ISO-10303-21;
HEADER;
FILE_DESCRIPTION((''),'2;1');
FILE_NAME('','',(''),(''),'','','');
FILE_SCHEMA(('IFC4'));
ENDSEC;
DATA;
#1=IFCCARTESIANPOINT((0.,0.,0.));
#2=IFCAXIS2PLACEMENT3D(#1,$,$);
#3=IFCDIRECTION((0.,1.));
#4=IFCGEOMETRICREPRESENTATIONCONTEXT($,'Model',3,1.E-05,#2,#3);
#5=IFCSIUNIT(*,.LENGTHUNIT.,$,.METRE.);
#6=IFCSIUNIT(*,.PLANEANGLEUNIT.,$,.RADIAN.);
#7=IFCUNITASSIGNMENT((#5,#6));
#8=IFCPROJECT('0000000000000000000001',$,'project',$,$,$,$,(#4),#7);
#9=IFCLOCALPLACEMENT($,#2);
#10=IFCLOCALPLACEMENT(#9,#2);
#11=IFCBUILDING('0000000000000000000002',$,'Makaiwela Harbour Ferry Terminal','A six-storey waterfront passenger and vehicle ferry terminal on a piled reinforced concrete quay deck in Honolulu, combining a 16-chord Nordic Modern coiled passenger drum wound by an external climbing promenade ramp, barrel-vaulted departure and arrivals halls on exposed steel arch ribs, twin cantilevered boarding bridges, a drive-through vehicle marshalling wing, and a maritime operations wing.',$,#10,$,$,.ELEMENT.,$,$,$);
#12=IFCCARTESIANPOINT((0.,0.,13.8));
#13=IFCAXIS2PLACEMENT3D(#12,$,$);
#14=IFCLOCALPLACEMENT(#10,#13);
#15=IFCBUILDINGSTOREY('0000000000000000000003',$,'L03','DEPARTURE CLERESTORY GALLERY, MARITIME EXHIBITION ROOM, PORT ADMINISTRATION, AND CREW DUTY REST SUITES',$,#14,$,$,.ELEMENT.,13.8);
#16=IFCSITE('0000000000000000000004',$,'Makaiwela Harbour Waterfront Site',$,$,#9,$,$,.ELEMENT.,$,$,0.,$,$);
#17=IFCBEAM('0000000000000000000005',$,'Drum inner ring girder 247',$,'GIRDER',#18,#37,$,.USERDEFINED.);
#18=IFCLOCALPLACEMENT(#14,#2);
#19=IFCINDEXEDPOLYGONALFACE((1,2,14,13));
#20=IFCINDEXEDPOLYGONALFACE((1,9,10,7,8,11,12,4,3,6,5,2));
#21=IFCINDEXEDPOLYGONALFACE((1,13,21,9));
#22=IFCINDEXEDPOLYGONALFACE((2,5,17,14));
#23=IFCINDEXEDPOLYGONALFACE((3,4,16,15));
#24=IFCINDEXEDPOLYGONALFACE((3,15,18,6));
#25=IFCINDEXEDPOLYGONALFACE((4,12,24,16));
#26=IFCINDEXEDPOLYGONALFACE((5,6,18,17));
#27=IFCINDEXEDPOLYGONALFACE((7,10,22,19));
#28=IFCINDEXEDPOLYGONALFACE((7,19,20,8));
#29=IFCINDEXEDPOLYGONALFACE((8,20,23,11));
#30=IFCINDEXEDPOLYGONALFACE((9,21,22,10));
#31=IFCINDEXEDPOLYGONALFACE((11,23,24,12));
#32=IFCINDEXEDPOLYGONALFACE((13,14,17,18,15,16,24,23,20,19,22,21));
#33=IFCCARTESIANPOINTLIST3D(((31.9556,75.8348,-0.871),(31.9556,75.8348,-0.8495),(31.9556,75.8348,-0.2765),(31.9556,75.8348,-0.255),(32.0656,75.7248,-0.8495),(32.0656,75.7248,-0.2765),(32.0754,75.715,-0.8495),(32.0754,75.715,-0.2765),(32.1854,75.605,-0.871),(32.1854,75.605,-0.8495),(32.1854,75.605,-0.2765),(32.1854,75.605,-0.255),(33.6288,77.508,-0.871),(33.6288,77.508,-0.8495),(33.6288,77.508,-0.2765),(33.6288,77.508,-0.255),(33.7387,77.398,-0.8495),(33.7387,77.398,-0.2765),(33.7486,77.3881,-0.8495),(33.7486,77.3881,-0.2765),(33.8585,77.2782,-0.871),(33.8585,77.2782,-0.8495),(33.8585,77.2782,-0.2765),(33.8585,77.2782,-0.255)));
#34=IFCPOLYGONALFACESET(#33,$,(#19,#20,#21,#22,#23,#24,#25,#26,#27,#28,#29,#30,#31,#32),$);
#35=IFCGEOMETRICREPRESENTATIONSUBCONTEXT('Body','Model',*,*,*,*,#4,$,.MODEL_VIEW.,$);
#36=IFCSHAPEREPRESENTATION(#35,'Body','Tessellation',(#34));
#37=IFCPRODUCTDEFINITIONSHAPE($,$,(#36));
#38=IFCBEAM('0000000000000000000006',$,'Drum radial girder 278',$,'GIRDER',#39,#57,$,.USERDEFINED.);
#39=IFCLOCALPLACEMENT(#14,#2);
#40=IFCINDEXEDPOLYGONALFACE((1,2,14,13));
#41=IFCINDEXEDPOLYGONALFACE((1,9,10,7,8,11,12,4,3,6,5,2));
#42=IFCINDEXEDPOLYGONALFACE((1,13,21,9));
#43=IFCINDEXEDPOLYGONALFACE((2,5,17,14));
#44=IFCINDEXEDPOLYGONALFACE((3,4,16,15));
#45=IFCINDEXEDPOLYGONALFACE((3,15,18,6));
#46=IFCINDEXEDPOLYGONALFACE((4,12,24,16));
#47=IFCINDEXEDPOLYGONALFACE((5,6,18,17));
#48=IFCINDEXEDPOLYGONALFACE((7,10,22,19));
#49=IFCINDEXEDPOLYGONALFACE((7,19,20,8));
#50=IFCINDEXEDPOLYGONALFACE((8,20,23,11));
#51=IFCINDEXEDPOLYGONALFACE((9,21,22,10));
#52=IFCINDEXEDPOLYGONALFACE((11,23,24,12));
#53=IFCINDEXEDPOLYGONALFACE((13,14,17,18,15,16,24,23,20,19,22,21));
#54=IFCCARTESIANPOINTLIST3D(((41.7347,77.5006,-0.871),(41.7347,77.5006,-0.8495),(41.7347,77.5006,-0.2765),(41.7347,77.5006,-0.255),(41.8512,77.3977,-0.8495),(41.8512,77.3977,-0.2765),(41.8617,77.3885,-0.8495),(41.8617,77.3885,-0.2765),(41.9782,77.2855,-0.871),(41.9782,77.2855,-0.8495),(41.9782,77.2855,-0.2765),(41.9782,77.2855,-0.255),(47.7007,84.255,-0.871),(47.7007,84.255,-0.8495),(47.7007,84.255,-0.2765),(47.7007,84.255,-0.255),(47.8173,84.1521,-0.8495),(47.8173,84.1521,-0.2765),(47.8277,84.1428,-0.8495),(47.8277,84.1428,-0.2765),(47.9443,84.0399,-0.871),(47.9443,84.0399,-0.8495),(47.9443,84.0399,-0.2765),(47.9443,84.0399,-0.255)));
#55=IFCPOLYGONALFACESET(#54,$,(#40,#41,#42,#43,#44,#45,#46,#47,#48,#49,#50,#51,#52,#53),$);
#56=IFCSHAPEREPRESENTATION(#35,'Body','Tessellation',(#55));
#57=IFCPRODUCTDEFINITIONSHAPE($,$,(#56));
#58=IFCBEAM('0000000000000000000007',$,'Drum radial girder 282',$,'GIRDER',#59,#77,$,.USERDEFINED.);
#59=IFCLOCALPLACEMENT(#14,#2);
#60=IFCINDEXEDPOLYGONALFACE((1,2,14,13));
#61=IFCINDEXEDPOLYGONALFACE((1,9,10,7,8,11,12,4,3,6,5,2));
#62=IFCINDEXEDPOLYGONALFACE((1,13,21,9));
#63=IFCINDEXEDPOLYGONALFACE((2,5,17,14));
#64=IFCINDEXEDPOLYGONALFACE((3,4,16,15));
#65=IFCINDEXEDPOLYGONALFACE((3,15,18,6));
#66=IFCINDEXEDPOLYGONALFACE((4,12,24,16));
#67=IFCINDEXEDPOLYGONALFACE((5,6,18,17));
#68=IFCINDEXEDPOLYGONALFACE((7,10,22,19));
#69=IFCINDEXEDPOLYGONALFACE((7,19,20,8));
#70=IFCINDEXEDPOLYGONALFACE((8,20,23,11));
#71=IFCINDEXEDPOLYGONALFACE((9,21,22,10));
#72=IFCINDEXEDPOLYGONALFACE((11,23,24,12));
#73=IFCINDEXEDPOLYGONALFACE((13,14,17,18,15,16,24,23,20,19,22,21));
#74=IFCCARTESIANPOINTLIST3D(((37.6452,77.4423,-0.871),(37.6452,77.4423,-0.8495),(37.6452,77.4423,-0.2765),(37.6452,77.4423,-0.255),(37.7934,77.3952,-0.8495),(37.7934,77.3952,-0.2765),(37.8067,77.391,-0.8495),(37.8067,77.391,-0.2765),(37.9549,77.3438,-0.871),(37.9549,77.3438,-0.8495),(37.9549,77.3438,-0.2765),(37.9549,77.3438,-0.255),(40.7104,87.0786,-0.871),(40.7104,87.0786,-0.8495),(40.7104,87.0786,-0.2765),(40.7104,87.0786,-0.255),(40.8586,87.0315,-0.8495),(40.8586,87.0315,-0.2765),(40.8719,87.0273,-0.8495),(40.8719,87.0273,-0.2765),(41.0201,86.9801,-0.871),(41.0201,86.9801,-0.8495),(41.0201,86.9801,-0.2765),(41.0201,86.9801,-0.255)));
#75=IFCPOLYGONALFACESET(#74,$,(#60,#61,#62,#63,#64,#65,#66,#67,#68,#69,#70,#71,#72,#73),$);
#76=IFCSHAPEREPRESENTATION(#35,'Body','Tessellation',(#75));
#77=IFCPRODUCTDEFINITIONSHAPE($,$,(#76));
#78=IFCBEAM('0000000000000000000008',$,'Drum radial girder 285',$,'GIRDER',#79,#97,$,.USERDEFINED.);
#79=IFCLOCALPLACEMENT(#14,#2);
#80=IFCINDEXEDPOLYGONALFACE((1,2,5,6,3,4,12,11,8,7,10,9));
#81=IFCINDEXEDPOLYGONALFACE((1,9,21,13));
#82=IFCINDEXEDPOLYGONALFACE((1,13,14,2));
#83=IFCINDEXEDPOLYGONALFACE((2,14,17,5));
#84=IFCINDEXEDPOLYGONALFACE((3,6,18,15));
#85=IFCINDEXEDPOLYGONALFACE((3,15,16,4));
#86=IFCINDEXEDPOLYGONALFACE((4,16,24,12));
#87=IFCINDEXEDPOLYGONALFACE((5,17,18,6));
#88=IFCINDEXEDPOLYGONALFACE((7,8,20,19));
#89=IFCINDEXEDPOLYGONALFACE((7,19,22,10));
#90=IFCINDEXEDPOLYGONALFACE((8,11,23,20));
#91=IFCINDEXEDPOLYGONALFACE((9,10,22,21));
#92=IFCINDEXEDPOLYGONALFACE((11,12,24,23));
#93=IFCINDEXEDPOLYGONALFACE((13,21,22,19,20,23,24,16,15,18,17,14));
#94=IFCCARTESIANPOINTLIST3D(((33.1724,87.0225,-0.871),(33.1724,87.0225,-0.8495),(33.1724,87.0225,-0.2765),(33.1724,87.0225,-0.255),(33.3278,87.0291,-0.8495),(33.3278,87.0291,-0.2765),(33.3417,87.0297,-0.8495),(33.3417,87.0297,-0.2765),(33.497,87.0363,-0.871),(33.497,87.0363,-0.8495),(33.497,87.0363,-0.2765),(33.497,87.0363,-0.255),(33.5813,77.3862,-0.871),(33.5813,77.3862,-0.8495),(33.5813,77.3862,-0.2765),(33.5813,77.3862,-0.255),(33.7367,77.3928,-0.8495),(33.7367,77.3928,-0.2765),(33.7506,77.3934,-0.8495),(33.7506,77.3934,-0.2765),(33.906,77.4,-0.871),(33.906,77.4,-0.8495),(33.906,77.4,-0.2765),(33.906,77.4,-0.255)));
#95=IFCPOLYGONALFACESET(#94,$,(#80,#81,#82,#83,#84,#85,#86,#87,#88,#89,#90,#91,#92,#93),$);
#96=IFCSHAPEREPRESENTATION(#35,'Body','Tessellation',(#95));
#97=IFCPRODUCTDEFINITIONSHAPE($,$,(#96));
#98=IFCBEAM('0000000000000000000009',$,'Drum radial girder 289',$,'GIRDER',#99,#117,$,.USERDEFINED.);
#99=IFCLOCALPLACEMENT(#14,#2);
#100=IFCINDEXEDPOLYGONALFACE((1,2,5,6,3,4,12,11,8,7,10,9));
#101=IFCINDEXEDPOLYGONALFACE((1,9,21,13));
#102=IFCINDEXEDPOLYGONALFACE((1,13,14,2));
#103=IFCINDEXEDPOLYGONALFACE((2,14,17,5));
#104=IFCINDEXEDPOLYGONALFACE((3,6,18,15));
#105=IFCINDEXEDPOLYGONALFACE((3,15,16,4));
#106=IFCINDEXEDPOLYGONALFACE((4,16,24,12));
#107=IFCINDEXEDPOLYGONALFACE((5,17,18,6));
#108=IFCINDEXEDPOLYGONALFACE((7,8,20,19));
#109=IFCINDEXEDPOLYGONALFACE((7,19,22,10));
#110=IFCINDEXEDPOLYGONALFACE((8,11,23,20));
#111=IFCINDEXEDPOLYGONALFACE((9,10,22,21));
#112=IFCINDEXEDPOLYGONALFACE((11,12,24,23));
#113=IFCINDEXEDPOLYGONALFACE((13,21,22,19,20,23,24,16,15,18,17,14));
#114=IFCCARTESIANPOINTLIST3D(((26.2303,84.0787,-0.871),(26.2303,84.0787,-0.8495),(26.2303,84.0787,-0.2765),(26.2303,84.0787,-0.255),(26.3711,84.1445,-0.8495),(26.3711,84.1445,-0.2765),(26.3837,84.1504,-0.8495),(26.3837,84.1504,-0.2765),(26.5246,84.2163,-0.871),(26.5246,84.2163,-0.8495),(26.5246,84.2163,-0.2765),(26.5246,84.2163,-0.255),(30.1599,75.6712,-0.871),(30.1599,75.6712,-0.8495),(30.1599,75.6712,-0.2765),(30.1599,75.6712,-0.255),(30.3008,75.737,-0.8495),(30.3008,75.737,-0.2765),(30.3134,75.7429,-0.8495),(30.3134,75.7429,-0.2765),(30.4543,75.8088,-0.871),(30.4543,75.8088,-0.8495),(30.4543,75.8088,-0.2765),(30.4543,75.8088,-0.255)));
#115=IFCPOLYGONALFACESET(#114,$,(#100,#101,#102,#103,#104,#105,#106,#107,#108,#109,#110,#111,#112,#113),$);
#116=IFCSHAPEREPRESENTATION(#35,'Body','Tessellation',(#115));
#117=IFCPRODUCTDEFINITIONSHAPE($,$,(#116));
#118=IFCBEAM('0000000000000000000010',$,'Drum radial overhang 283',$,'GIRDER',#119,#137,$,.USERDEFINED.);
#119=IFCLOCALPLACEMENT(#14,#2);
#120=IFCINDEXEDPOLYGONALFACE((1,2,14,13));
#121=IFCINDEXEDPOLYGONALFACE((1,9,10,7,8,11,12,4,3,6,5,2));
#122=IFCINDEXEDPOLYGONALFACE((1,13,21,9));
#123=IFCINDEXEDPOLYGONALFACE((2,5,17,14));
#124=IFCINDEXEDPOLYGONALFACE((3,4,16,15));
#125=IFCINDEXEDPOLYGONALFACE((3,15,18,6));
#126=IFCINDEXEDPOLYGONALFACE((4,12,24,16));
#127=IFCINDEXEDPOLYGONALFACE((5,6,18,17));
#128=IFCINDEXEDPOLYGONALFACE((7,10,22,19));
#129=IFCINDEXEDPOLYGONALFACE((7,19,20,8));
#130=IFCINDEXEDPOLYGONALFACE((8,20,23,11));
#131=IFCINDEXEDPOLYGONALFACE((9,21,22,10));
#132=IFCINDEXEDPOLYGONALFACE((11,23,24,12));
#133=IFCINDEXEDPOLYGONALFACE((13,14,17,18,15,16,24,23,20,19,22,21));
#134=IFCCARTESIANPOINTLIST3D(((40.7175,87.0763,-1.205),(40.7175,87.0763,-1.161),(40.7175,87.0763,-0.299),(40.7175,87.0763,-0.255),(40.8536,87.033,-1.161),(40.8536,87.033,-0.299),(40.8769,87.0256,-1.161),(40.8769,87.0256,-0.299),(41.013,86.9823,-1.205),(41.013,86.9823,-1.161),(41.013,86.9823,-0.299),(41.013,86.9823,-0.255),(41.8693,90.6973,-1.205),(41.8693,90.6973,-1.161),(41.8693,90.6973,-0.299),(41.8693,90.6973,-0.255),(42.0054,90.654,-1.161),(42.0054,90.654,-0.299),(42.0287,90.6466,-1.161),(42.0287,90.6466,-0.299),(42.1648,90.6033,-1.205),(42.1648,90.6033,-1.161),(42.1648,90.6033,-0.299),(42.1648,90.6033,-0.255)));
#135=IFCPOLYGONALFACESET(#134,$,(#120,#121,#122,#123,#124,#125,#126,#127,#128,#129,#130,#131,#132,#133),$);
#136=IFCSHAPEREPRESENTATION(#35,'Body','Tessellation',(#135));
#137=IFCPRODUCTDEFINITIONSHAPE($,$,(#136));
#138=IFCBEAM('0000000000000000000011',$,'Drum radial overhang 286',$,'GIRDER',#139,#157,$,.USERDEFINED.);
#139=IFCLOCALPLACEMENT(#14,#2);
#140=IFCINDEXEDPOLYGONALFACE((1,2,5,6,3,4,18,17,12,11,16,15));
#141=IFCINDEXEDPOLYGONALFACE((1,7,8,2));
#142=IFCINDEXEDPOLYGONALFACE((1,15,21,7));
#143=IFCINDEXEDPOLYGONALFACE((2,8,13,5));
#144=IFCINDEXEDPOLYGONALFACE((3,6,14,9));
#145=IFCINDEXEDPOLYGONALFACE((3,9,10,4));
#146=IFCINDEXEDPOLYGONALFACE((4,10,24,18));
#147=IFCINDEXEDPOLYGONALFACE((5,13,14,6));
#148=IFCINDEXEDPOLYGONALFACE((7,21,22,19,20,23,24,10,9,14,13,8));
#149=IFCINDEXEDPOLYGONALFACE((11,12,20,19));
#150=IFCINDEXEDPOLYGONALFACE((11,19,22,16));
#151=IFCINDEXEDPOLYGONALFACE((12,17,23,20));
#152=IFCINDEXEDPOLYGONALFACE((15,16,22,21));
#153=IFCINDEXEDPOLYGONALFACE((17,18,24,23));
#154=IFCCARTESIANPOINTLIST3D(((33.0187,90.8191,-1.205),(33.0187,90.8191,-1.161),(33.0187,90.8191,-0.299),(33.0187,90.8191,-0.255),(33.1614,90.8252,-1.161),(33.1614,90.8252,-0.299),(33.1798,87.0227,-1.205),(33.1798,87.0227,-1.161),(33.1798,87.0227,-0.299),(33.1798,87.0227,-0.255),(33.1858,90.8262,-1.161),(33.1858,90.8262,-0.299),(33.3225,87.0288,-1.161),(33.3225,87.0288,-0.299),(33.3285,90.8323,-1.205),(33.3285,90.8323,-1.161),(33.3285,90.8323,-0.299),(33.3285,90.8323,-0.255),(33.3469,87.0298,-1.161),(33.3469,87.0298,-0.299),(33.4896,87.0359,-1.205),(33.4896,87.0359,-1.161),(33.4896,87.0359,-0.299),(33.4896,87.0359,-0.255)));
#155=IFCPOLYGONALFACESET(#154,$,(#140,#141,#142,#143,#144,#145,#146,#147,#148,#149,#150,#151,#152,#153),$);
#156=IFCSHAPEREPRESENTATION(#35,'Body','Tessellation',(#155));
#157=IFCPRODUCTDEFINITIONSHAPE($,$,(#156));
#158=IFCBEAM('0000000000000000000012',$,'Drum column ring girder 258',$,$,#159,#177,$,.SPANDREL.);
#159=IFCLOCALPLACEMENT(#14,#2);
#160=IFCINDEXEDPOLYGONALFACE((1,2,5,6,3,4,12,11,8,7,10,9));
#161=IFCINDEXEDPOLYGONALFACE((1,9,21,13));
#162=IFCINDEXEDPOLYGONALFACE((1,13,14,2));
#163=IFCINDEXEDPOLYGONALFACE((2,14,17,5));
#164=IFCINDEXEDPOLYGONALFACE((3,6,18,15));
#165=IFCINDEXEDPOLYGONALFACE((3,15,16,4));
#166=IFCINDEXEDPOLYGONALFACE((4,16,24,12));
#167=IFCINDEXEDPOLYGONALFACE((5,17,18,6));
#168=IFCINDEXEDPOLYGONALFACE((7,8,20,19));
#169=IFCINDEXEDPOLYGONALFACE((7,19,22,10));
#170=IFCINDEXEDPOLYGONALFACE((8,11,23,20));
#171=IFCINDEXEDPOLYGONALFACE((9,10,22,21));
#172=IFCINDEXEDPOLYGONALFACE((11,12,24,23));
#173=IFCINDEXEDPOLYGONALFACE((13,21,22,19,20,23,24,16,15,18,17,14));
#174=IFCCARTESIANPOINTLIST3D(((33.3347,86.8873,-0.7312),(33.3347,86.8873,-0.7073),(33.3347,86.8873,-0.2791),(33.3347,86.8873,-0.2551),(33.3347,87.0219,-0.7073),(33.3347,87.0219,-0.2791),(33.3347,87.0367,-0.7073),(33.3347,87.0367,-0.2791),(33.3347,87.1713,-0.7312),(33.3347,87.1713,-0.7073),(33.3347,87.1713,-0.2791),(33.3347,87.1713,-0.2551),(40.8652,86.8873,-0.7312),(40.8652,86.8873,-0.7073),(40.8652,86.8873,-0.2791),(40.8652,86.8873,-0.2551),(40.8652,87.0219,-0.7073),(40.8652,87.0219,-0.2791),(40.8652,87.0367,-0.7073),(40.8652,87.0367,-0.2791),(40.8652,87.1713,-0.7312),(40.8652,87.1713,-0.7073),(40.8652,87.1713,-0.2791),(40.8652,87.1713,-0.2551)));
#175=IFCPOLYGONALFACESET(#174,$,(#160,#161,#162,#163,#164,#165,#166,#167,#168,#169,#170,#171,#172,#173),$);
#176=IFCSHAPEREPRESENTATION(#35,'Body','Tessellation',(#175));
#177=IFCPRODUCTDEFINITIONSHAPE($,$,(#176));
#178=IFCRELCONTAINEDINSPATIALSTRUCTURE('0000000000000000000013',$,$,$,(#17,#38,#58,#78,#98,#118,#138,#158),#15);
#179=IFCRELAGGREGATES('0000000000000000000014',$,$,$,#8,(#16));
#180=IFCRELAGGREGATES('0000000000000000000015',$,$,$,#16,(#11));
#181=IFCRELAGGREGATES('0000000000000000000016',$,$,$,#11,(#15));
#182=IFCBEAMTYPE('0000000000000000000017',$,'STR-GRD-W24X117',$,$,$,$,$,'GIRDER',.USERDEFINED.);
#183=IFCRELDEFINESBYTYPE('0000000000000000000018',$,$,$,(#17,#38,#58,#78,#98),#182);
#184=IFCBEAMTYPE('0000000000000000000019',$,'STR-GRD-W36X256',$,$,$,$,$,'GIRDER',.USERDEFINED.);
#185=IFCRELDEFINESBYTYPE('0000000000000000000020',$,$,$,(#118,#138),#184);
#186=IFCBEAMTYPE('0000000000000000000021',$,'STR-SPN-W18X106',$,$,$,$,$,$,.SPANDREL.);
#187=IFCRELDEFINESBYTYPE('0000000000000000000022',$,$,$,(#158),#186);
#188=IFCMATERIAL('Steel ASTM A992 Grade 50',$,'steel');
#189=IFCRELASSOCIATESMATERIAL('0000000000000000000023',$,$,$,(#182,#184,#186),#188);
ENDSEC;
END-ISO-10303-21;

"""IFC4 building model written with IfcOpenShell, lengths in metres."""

from ifc_helpers import new_model, si_unit, direction, frame, origin, origin_2d, place, context, subcontext, project, spatial, i_section, extrude, material, material_profile, profile_set, type_object, element, save


model = new_model("IFC4")

# Units and contexts
model_context = context("Model", 3, precision=1e-05, world=origin(), true_north=direction((0.0, 1.0)))
body_context = subcontext(model_context, "Body", "Model", "MODEL_VIEW")
ifc_project = project(units=[si_unit("LENGTHUNIT", "METRE"), si_unit("PLANEANGLEUNIT", "RADIAN")], contexts=[model_context])

# Site, building, storey
site_placement = place(None, origin())
site = spatial("IfcSite", under=ifc_project, at=site_placement, Name="Makaiwela Harbour Waterfront Site", CompositionType="ELEMENT", RefElevation=0.0)
building_placement = place(site_placement, origin())
building = spatial("IfcBuilding", under=site, at=building_placement, Name="Makaiwela Harbour Ferry Terminal", Description="A six-storey waterfront passenger and vehicle ferry terminal on a piled reinforced concrete quay deck in Honolulu, combining a 16-chord Nordic Modern coiled passenger drum wound by an external climbing promenade ramp, barrel-vaulted departure and arrivals halls on exposed steel arch ribs, twin cantilevered boarding bridges, a drive-through vehicle marshalling wing, and a maritime operations wing.", CompositionType="ELEMENT")
storey_placement = place(building_placement, frame((0.0, 0.0, 13.8)))
storey = spatial("IfcBuildingStorey", under=building, at=storey_placement, Name="L03", Description="DEPARTURE CLERESTORY GALLERY, MARITIME EXHIBITION ROOM, PORT ADMINISTRATION, AND CREW DUTY REST SUITES", CompositionType="ELEMENT", Elevation=13.8)

# Shared definitions
ifc_material_1 = material(Name="Steel ASTM A992 Grade 50", Category="steel")

# Beams
ifc_material_profile_1 = material_profile(ifc_material_1, i_section(OverallWidth=0.325, OverallDepth=0.616, WebThickness=0.0139, FlangeThickness=0.0215, at=origin_2d()), Name="W24X117")
ifc_profile_set_1 = profile_set([ifc_material_profile_1], Name="Steel ASTM A992 Grade 50")
beam_type_1 = type_object("IfcBeamType", Name="STR-GRD-W24X117", ElementType="GIRDER", PredefinedType="USERDEFINED", material=ifc_profile_set_1)
beam_1_placement = place(storey_placement, frame((33.7437, 77.3931, -0.563), z_axis=(-0.707107, -0.707107, 0.0), x_axis=(0.707107, -0.707107, 0.0)))
element("IfcBeam", 1, at=beam_1_placement, inside=storey, type_object=beam_type_1, Name="Drum inner ring girder 247", ObjectType="GIRDER", PredefinedType="USERDEFINED", context=body_context, shape_type="SweptSolid", body=[
    extrude(i_section(OverallWidth=0.325, OverallDepth=0.616, WebThickness=0.0139, FlangeThickness=0.0215, at=origin_2d()), origin(), (0.0, 0.0, 1.0), 2.3662),
])
beam_2_placement = place(storey_placement, frame((41.8564, 77.3931, -0.563), z_axis=(0.662015, 0.749491, 0.0), x_axis=(-0.749491, 0.662015, 0.0)))
element("IfcBeam", 2, at=beam_2_placement, inside=storey, type_object=beam_type_1, Name="Drum radial girder 278", ObjectType="GIRDER", PredefinedType="USERDEFINED", context=body_context, shape_type="SweptSolid", body=[
    extrude(i_section(OverallWidth=0.325, OverallDepth=0.616, WebThickness=0.0139, FlangeThickness=0.0215, at=origin_2d()), origin(), (0.0, 0.0, 1.0), 9.012),
])
beam_3_placement = place(storey_placement, frame((37.8, 77.3931, -0.563), z_axis=(0.303124, 0.952951, 0.0), x_axis=(-0.952951, 0.303124, 0.0)))
element("IfcBeam", 3, at=beam_3_placement, inside=storey, type_object=beam_type_1, Name="Drum radial girder 282", ObjectType="GIRDER", PredefinedType="USERDEFINED", context=body_context, shape_type="SweptSolid", body=[
    extrude(i_section(OverallWidth=0.325, OverallDepth=0.616, WebThickness=0.0139, FlangeThickness=0.0215, at=origin_2d()), origin(), (0.0, 0.0, 1.0), 10.1121),
])
beam_4_placement = place(storey_placement, frame((33.7437, 77.3931, -0.563), z_axis=(-0.042399, 0.999101, 0.0), x_axis=(-0.999101, -0.042399, 0.0)))
element("IfcBeam", 4, at=beam_4_placement, inside=storey, type_object=beam_type_1, Name="Drum radial girder 285", ObjectType="GIRDER", PredefinedType="USERDEFINED", context=body_context, shape_type="SweptSolid", body=[
    extrude(i_section(OverallWidth=0.325, OverallDepth=0.616, WebThickness=0.0139, FlangeThickness=0.0215, at=origin_2d()), origin(), (0.0, 0.0, 1.0), 9.645),
])
beam_5_placement = place(storey_placement, frame((30.3071, 75.74, -0.563), z_axis=(-0.423434, 0.905927, 0.0), x_axis=(-0.905927, -0.423434, 0.0)))
element("IfcBeam", 5, at=beam_5_placement, inside=storey, type_object=beam_type_1, Name="Drum radial girder 289", ObjectType="GIRDER", PredefinedType="USERDEFINED", context=body_context, shape_type="SweptSolid", body=[
    extrude(i_section(OverallWidth=0.325, OverallDepth=0.616, WebThickness=0.0139, FlangeThickness=0.0215, at=origin_2d()), origin(), (0.0, 0.0, 1.0), 9.2805),
])
ifc_material_profile_2 = material_profile(ifc_material_1, i_section(OverallWidth=0.3101, OverallDepth=0.95, WebThickness=0.0244, FlangeThickness=0.0439, at=origin_2d()), Name="W36X256")
ifc_profile_set_2 = profile_set([ifc_material_profile_2], Name="Steel ASTM A992 Grade 50")
beam_type_2 = type_object("IfcBeamType", Name="STR-GRD-W36X256", ElementType="GIRDER", PredefinedType="USERDEFINED", material=ifc_profile_set_2)
for number, where, z_axis, x_axis, name in (
    (6, (40.8652, 87.0293, -0.73), (0.303129, 0.952949, 0.0), (-0.952949, 0.303129, 0.0), "Drum radial overhang 283"),
    (7, (33.3347, 87.0293, -0.73), (-0.042406, 0.9991, 0.0), (-0.9991, -0.042406, 0.0), "Drum radial overhang 286"),
):
    element("IfcBeam", number, at=place(storey_placement, frame(where, z_axis=z_axis, x_axis=x_axis)), inside=storey, type_object=beam_type_2, Name=name, ObjectType="GIRDER", PredefinedType="USERDEFINED", context=body_context, shape_type="SweptSolid", body=[
        extrude(i_section(OverallWidth=0.3101, OverallDepth=0.95, WebThickness=0.0244, FlangeThickness=0.0439, at=origin_2d()), origin(), (0.0, 0.0, 1.0), 3.7998),
    ])
ifc_material_profile_3 = material_profile(ifc_material_1, i_section(OverallWidth=0.2839, OverallDepth=0.4761, WebThickness=0.0149, FlangeThickness=0.0239, at=origin_2d()), Name="W18X106")
ifc_profile_set_3 = profile_set([ifc_material_profile_3], Name="Steel ASTM A992 Grade 50")
beam_type_3 = type_object("IfcBeamType", Name="STR-SPN-W18X106", PredefinedType="SPANDREL", material=ifc_profile_set_3)
for number, where, z_axis, x_axis, name in (
    (8, (40.8652, 87.0293, -0.4932), (-1.0, 0.0, 0.0), (0.0, -1.0, 0.0), "Drum column ring girder 258"),
):
    element("IfcBeam", number, at=place(storey_placement, frame(where, z_axis=z_axis, x_axis=x_axis)), inside=storey, type_object=beam_type_3, Name=name, PredefinedType="SPANDREL", context=body_context, shape_type="SweptSolid", body=[
        extrude(i_section(OverallWidth=0.2839, OverallDepth=0.4761, WebThickness=0.0149, FlangeThickness=0.0239, at=origin_2d()), origin(), (0.0, 0.0, 1.0), 7.5305),
    ])

save(model, "model.ifc")
